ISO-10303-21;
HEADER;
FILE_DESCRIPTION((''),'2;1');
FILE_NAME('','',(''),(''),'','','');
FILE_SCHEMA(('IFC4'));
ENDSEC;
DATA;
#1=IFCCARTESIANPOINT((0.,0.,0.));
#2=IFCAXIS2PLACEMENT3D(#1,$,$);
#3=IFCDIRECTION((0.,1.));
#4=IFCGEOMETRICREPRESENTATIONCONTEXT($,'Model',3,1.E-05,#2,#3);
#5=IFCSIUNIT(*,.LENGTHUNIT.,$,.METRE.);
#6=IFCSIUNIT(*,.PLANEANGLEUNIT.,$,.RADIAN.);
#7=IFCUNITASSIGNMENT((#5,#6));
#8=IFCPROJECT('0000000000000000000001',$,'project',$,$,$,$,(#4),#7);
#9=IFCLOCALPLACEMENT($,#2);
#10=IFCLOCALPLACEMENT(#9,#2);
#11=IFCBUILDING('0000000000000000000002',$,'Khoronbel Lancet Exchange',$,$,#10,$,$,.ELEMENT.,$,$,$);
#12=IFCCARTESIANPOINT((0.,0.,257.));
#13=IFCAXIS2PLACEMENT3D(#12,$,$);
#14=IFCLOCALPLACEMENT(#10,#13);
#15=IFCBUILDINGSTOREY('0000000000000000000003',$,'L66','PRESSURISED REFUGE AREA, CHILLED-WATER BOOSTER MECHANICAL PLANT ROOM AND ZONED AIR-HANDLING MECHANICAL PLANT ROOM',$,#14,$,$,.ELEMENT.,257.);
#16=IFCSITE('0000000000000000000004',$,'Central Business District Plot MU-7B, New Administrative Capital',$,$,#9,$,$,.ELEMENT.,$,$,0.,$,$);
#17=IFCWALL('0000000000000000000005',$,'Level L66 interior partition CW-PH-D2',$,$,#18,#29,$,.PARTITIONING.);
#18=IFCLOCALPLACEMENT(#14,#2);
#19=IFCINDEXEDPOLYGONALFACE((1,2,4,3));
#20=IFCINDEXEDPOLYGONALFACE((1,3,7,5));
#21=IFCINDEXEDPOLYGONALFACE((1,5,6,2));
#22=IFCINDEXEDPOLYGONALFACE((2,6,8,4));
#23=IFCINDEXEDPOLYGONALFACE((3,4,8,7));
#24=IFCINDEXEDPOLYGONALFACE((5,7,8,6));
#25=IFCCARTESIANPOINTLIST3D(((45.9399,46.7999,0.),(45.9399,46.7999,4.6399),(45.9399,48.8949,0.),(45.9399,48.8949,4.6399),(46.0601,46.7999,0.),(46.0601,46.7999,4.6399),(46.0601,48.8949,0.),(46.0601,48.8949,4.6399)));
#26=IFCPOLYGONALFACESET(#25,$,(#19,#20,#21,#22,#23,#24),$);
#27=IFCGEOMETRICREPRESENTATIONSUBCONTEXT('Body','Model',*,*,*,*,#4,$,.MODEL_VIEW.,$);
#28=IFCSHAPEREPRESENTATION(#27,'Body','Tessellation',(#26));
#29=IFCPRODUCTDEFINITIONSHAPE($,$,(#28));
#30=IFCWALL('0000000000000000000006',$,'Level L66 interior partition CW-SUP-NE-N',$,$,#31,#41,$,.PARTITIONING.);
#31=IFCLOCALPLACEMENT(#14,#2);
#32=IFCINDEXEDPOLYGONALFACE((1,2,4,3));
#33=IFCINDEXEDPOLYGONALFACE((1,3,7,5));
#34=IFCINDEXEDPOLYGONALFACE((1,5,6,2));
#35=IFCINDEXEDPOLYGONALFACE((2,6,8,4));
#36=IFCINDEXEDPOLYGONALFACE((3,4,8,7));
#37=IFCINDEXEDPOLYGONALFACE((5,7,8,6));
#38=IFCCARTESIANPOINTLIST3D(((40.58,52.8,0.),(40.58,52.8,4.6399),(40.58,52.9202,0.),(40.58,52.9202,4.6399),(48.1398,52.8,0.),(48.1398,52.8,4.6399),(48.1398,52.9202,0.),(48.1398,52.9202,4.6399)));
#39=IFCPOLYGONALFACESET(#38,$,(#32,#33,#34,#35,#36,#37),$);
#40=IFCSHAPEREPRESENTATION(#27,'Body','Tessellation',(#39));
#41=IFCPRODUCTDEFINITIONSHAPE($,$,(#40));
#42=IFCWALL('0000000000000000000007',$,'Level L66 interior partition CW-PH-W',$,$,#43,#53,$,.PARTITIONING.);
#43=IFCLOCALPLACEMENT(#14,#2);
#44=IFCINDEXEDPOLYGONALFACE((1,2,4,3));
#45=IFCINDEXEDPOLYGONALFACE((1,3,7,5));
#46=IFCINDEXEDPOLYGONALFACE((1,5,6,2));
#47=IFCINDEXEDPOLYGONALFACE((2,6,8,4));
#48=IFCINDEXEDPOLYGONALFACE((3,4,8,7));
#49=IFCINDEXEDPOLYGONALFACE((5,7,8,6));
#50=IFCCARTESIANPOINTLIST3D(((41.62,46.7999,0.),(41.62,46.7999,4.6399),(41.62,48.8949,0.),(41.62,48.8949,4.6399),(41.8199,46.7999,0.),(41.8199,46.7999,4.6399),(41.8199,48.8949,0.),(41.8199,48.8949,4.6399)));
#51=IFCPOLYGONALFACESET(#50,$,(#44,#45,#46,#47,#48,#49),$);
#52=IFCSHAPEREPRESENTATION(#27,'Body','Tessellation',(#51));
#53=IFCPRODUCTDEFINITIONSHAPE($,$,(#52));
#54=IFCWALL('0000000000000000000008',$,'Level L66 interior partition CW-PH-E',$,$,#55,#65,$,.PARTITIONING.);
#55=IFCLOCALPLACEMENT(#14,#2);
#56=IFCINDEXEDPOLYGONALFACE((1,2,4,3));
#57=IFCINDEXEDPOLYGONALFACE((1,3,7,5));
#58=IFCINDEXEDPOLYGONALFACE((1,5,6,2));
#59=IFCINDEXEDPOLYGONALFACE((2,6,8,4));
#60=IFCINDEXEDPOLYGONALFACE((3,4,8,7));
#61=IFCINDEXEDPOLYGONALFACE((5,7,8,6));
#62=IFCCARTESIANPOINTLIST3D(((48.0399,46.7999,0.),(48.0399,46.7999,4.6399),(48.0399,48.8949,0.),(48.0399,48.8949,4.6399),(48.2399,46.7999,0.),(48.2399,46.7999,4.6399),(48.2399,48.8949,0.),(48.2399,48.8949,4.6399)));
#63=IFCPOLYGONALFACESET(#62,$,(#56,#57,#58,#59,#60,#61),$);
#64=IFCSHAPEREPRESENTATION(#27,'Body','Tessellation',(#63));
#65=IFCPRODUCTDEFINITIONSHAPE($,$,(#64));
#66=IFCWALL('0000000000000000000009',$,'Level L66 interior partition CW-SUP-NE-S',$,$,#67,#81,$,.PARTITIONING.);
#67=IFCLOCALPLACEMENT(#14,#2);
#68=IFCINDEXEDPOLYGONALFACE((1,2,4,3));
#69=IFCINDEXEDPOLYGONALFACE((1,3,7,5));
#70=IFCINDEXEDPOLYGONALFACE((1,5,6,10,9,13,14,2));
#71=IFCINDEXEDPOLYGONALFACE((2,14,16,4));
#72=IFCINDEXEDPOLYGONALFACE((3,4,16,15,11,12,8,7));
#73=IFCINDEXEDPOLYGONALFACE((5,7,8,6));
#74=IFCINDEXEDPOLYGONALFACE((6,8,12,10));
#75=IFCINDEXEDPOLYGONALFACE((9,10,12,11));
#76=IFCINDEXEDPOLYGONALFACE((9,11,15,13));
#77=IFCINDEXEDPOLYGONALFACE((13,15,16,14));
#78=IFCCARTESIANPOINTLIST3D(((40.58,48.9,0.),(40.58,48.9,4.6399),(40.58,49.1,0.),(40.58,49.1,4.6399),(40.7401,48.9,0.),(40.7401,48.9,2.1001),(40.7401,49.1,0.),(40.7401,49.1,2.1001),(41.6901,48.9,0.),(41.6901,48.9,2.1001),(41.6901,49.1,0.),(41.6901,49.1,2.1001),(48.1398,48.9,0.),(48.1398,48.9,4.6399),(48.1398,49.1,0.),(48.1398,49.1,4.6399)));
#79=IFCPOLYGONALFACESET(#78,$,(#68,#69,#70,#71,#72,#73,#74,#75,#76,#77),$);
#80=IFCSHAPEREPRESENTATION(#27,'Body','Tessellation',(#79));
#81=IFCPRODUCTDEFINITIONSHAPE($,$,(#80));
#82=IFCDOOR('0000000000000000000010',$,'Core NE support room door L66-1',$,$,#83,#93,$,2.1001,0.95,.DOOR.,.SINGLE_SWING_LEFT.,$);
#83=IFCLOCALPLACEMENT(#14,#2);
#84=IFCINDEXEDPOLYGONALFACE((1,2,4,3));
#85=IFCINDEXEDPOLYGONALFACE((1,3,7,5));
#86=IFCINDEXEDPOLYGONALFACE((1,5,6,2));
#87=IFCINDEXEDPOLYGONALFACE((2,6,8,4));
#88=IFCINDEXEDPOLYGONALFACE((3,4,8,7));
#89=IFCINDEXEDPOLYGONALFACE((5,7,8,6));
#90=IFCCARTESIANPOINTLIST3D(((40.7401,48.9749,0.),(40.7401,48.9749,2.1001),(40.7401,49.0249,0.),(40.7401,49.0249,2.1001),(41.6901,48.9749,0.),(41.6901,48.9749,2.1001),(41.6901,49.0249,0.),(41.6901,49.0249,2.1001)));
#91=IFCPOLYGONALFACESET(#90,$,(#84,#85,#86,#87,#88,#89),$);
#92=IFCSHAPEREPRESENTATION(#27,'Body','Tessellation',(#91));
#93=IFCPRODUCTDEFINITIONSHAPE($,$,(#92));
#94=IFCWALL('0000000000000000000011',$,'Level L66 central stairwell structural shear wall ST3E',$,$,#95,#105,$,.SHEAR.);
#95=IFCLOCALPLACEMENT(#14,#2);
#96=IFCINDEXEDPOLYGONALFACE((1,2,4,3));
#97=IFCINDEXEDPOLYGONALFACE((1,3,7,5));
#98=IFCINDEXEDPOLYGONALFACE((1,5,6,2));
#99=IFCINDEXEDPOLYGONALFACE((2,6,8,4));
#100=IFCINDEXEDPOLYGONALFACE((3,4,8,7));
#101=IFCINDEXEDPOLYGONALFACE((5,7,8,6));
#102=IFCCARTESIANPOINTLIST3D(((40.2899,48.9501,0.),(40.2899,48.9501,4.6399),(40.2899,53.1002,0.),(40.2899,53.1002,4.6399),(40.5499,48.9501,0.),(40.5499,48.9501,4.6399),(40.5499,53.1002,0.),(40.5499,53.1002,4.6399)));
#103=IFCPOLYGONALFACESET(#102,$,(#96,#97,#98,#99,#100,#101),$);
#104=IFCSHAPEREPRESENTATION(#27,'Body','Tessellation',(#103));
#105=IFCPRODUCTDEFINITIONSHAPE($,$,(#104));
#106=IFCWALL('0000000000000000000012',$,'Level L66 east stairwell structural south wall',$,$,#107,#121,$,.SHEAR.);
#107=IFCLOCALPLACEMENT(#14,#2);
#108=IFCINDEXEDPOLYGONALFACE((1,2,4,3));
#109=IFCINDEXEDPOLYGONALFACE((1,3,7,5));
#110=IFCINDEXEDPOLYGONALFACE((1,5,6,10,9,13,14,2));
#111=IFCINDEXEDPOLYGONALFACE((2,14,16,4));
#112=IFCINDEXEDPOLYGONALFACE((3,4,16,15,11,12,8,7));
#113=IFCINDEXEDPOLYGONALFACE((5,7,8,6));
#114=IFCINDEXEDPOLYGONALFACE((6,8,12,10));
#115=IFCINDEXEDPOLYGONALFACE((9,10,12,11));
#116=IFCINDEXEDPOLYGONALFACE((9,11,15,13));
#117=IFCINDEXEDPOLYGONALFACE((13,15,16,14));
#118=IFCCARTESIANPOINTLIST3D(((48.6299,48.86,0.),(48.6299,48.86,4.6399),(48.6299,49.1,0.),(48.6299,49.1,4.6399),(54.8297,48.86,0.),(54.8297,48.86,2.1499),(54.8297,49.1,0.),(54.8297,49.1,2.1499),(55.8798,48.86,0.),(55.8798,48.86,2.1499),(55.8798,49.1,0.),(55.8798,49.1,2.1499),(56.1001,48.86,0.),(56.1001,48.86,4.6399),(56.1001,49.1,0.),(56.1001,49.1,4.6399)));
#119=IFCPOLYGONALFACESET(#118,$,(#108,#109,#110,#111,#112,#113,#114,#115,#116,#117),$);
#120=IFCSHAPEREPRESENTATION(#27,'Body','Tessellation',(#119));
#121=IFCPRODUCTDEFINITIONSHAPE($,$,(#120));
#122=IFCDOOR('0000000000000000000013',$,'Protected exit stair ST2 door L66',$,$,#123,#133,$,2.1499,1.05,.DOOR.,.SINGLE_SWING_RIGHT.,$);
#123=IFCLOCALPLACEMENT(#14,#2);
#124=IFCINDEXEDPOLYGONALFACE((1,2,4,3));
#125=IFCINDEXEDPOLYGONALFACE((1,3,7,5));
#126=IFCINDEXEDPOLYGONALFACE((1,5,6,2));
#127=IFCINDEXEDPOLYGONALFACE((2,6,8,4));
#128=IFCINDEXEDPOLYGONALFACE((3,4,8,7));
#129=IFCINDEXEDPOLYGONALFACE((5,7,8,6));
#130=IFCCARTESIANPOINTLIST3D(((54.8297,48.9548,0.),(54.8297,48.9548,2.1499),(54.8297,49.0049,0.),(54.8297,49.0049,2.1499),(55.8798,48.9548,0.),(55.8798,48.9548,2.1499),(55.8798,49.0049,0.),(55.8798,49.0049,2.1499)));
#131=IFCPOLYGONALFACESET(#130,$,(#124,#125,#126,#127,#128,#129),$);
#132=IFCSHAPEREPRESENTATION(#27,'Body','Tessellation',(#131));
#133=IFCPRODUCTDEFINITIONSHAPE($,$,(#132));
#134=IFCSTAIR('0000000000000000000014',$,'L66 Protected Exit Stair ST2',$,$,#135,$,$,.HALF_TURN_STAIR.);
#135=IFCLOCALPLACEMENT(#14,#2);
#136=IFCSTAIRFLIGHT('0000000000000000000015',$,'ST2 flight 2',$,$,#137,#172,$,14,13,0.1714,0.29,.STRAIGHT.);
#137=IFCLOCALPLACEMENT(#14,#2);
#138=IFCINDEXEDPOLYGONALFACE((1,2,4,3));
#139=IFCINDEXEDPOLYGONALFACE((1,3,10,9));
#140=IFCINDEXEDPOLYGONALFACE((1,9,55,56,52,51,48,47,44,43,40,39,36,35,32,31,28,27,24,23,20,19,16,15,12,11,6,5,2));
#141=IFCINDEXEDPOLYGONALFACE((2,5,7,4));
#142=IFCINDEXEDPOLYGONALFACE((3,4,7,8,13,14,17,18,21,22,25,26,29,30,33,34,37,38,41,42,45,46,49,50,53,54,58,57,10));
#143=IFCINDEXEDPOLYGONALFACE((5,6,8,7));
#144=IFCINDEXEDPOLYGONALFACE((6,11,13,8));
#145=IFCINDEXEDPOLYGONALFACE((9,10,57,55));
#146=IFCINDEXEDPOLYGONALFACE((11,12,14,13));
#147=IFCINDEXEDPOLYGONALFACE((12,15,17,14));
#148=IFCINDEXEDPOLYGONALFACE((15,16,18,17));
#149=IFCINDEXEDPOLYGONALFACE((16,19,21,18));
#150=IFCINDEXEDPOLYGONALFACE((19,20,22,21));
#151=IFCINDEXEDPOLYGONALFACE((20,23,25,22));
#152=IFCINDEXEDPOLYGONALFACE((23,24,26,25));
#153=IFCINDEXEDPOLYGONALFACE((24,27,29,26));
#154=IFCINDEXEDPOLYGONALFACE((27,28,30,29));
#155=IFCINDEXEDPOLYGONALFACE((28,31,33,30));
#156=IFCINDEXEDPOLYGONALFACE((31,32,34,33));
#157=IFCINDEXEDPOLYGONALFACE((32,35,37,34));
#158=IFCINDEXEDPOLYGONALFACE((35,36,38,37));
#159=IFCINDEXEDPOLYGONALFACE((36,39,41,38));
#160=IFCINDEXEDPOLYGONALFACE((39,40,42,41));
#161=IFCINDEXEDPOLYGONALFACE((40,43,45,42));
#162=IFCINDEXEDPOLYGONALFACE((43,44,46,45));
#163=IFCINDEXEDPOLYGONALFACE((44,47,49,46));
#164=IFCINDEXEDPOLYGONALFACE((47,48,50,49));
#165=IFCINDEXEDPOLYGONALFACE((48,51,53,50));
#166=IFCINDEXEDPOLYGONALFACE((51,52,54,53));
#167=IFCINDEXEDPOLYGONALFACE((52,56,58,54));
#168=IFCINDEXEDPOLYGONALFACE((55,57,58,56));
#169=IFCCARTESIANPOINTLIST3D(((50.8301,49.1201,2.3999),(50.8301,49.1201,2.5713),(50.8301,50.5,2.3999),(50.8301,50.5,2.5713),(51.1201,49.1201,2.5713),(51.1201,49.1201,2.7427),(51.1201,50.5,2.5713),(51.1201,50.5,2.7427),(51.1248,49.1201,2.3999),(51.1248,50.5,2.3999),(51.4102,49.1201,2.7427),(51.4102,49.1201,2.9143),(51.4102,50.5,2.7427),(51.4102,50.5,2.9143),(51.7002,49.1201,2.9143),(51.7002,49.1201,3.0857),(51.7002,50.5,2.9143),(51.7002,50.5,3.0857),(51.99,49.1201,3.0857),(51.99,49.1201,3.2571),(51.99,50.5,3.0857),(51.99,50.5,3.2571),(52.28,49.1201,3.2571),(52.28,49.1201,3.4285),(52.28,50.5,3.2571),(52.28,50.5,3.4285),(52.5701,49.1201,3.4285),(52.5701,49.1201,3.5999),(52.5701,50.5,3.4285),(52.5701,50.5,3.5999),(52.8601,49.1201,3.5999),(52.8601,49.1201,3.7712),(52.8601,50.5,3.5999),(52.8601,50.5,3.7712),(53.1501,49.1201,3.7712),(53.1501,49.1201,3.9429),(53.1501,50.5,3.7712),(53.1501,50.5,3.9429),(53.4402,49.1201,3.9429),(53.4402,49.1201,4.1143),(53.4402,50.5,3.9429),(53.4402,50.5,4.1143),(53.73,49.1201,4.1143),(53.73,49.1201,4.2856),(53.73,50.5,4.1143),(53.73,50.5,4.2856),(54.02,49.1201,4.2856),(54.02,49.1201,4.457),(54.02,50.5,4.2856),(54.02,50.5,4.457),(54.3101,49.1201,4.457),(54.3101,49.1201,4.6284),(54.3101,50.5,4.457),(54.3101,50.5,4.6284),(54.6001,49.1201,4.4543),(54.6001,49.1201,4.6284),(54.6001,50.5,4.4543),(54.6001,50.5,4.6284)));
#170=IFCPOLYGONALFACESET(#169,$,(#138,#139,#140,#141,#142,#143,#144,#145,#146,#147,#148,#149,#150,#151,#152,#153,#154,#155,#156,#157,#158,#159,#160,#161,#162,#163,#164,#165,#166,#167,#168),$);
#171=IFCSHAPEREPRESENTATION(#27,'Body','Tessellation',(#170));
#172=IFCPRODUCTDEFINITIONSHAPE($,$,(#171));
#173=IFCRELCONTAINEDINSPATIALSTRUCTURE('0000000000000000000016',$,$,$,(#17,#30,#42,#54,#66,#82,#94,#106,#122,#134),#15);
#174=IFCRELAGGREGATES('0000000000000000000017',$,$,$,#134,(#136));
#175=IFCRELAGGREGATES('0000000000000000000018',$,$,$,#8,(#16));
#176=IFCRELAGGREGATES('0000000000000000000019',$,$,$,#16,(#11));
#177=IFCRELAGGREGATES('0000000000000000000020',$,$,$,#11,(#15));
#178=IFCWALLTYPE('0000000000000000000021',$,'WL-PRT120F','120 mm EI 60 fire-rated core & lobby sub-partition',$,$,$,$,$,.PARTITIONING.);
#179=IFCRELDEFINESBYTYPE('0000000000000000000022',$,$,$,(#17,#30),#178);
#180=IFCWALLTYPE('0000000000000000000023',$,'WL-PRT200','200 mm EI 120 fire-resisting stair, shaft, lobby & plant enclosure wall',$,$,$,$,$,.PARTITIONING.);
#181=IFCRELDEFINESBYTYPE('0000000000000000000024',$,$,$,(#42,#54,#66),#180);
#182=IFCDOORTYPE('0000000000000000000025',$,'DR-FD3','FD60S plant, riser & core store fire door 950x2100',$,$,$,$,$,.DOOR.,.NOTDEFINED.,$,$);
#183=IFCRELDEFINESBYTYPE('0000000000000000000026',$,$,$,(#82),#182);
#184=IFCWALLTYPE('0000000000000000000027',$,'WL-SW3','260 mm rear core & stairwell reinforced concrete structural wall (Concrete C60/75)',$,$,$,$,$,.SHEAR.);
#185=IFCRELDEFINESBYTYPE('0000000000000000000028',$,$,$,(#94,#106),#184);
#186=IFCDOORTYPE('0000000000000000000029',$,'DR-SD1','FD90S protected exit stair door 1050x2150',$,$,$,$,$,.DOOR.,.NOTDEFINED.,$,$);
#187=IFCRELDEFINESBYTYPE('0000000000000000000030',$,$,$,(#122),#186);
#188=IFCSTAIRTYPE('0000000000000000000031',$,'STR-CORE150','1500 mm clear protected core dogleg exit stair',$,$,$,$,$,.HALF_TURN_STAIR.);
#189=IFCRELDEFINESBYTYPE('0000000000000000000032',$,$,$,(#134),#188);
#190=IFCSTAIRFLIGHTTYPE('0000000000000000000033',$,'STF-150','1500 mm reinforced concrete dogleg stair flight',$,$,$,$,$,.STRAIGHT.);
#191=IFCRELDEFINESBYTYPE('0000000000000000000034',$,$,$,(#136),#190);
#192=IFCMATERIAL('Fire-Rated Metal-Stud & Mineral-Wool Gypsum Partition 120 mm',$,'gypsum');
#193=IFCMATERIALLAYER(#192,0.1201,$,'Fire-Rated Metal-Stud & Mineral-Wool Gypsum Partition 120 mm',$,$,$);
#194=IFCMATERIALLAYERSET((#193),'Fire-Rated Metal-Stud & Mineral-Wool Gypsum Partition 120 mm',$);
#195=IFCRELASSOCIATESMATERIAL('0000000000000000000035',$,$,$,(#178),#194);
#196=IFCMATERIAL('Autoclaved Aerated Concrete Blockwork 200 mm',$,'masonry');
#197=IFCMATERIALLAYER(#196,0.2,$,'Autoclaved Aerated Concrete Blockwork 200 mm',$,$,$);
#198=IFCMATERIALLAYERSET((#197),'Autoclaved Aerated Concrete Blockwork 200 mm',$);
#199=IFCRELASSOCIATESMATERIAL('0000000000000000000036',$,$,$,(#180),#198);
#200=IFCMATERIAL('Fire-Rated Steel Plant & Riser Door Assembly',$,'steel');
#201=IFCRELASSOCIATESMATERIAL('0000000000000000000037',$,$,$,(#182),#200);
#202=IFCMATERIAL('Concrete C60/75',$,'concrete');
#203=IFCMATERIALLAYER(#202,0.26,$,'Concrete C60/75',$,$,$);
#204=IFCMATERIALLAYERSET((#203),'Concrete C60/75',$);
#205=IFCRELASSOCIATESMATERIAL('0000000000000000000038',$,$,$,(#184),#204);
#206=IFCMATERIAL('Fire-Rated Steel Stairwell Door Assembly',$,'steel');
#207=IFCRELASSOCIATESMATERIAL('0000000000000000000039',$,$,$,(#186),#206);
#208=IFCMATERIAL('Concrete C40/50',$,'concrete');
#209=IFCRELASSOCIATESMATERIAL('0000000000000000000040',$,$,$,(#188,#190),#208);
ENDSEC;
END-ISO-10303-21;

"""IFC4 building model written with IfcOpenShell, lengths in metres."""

from ifc_helpers import new_model, si_unit, direction, frame, frame_2d, origin, place, context, subcontext, project, spatial, polyline, rectangle, outline, extrude, material, layer, layer_set, type_object, element, fill, aggregate, save


model = new_model("IFC4")

# Units and contexts
model_context = context("Model", 3, precision=1e-05, world=origin(), true_north=direction((0.0, 1.0)))
body_context = subcontext(model_context, "Body", "Model", "MODEL_VIEW")
ifc_project = project(units=[si_unit("LENGTHUNIT", "METRE"), si_unit("PLANEANGLEUNIT", "RADIAN")], contexts=[model_context])

# Site, building, storey
site_placement = place(None, origin())
site = spatial("IfcSite", under=ifc_project, at=site_placement, Name="Central Business District Plot MU-7B, New Administrative Capital", CompositionType="ELEMENT", RefElevation=0.0)
building_placement = place(site_placement, origin())
building = spatial("IfcBuilding", under=site, at=building_placement, Name="Khoronbel Lancet Exchange", CompositionType="ELEMENT")
storey_placement = place(building_placement, frame((0.0, 0.0, 257.0)))
storey = spatial("IfcBuildingStorey", under=building, at=storey_placement, Name="L66", Description="PRESSURISED REFUGE AREA, CHILLED-WATER BOOSTER MECHANICAL PLANT ROOM AND ZONED AIR-HANDLING MECHANICAL PLANT ROOM", CompositionType="ELEMENT", Elevation=257.0)

# Walls
ifc_material_1 = material(Name="Fire-Rated Metal-Stud & Mineral-Wool Gypsum Partition 120 mm", Category="gypsum")
ifc_layer_1 = layer(ifc_material_1, 0.1201, Name="Fire-Rated Metal-Stud & Mineral-Wool Gypsum Partition 120 mm")
ifc_layer_set_1 = layer_set([ifc_layer_1], Name="Fire-Rated Metal-Stud & Mineral-Wool Gypsum Partition 120 mm")
wall_type_1 = type_object("IfcWallType", Name="WL-PRT120F", Description="120 mm EI 60 fire-rated core & lobby sub-partition", PredefinedType="PARTITIONING", material=ifc_layer_set_1)
for number, where, z_axis, x_axis, name in (
    (1, (46.0, 46.8, 0.0), (0.0, 0.0, 1.0), (0.0, 1.0, 0.0), "Level L66 interior partition CW-PH-D2"),
):
    element("IfcWall", number, at=place(storey_placement, frame(where, z_axis=z_axis, x_axis=x_axis)), inside=storey, type_object=wall_type_1, Name=name, PredefinedType="PARTITIONING", context=body_context, shape_type="SweptSolid", body=[
        extrude(rectangle(XDim=2.095, YDim=0.1201, at=frame_2d((1.0474, 0.0))), origin(), (0.0, 0.0, 1.0), 4.6399),
    ])
wall_1_placement = place(storey_placement, frame((40.5801, 52.8601, 0.0), z_axis=(0.0, 0.0, 1.0), x_axis=(1.0, 0.0, 0.0)))
element("IfcWall", 2, at=wall_1_placement, inside=storey, type_object=wall_type_1, Name="Level L66 interior partition CW-SUP-NE-N", PredefinedType="PARTITIONING", context=body_context, shape_type="SweptSolid", body=[
    extrude(rectangle(XDim=7.5598, YDim=0.1201, at=frame_2d((3.7798, 0.0))), origin(), (0.0, 0.0, 1.0), 4.6399),
])
ifc_material_2 = material(Name="Autoclaved Aerated Concrete Blockwork 200 mm", Category="masonry")
ifc_layer_2 = layer(ifc_material_2, 0.2, Name="Autoclaved Aerated Concrete Blockwork 200 mm")
ifc_layer_set_2 = layer_set([ifc_layer_2], Name="Autoclaved Aerated Concrete Blockwork 200 mm")
wall_type_2 = type_object("IfcWallType", Name="WL-PRT200", Description="200 mm EI 120 fire-resisting stair, shaft, lobby & plant enclosure wall", PredefinedType="PARTITIONING", material=ifc_layer_set_2)
for number, where, z_axis, x_axis, name in (
    (3, (41.72, 46.8, 0.0), (0.0, 0.0, 1.0), (0.0, 1.0, 0.0), "Level L66 interior partition CW-PH-W"),
    (4, (48.1399, 46.8, 0.0), (0.0, 0.0, 1.0), (0.0, 1.0, 0.0), "Level L66 interior partition CW-PH-E"),
):
    element("IfcWall", number, at=place(storey_placement, frame(where, z_axis=z_axis, x_axis=x_axis)), inside=storey, type_object=wall_type_2, Name=name, PredefinedType="PARTITIONING", context=body_context, shape_type="SweptSolid", body=[
        extrude(rectangle(XDim=2.095, YDim=0.2, at=frame_2d((1.0474, 0.0))), origin(), (0.0, 0.0, 1.0), 4.6399),
    ])

# Wall, opening, door
wall_2_placement = place(storey_placement, frame((40.5801, 49.0, 0.0), z_axis=(0.0, 0.0, 1.0), x_axis=(1.0, 0.0, 0.0)))
wall_2 = element("IfcWall", 5, at=wall_2_placement, inside=storey, type_object=wall_type_2, Name="Level L66 interior partition CW-SUP-NE-S", PredefinedType="PARTITIONING", context=body_context, shape_type="SweptSolid", body=[
    extrude(rectangle(XDim=7.5598, YDim=0.2, at=frame_2d((3.7798, 0.0))), origin(), (0.0, 0.0, 1.0), 4.6399),
])
opening_1_placement = place(wall_2_placement, frame((0.1599, 0.0, 0.0)))
opening_1 = element("IfcOpeningElement", 6, at=opening_1_placement, cuts=wall_2, PredefinedType="OPENING", context=body_context, shape_type="SweptSolid", body=[
    extrude(rectangle(XDim=0.95, YDim=2.1001, at=frame_2d((0.4751, 1.05))), frame((0.0, 0.1099, 0.0), z_axis=(0.0, -1.0, 0.0), x_axis=(1.0, 0.0, 0.0)), (0.0, 0.0, 1.0), 0.22),
])
ifc_material_3 = material(Name="Fire-Rated Steel Plant & Riser Door Assembly", Category="steel")
door_type_1 = type_object("IfcDoorType", Name="DR-FD3", Description="FD60S plant, riser & core store fire door 950x2100", OperationType="NOTDEFINED", PredefinedType="DOOR", material=ifc_material_3)
door_1_placement = place(opening_1_placement, origin())
door_1 = element("IfcDoor", 7, at=door_1_placement, inside=storey, type_object=door_type_1, Name="Core NE support room door L66-1", OperationType="SINGLE_SWING_LEFT", OverallHeight=2.1001, OverallWidth=0.95, PredefinedType="DOOR", context=body_context, shape_type="SweptSolid", body=[
    extrude(rectangle(XDim=0.95, YDim=2.1001, at=frame_2d((0.4751, 1.05))), frame((0.0, 0.0249, 0.0), z_axis=(0.0, -1.0, 0.0), x_axis=(1.0, 0.0, 0.0)), (0.0, 0.0, 1.0), 0.05),
])
fill(opening_1, door_1)

# Wall
ifc_material_4 = material(Name="Concrete C60/75", Category="concrete")
ifc_layer_3 = layer(ifc_material_4, 0.26, Name="Concrete C60/75")
ifc_layer_set_3 = layer_set([ifc_layer_3], Name="Concrete C60/75")
wall_type_3 = type_object("IfcWallType", Name="WL-SW3", Description="260 mm rear core & stairwell reinforced concrete structural wall (Concrete C60/75)", PredefinedType="SHEAR", material=ifc_layer_set_3)
wall_3_placement = place(storey_placement, frame((40.4199, 48.95, 0.0), z_axis=(0.0, 0.0, 1.0), x_axis=(0.0, 1.0, 0.0)))
element("IfcWall", 8, at=wall_3_placement, inside=storey, type_object=wall_type_3, Name="Level L66 central stairwell structural shear wall ST3E", PredefinedType="SHEAR", context=body_context, shape_type="SweptSolid", body=[
    extrude(rectangle(XDim=4.1501, YDim=0.26, at=frame_2d((2.0752, 0.0))), origin(), (0.0, 0.0, 1.0), 4.6399),
])

# Wall, opening, door
wall_4_placement = place(storey_placement, frame((48.6299, 48.98, 0.0), z_axis=(0.0, 0.0, 1.0), x_axis=(1.0, 0.0, 0.0)))
wall_4 = element("IfcWall", 9, at=wall_4_placement, inside=storey, type_object=wall_type_3, Name="Level L66 east stairwell structural south wall", PredefinedType="SHEAR", context=body_context, shape_type="SweptSolid", body=[
    extrude(rectangle(XDim=7.4702, YDim=0.24, at=frame_2d((3.7351, 0.0))), origin(), (0.0, 0.0, 1.0), 4.6399),
])
opening_2_placement = place(wall_4_placement, frame((6.2, 0.0, 0.0)))
opening_2 = element("IfcOpeningElement", 10, at=opening_2_placement, cuts=wall_4, PredefinedType="OPENING", context=body_context, shape_type="SweptSolid", body=[
    extrude(rectangle(XDim=1.05, YDim=2.1499, at=frame_2d((0.5249, 1.075))), frame((0.0, 0.1299, 0.0), z_axis=(0.0, -1.0, 0.0), x_axis=(1.0, 0.0, 0.0)), (0.0, 0.0, 1.0), 0.26),
])
ifc_material_5 = material(Name="Fire-Rated Steel Stairwell Door Assembly", Category="steel")
door_type_2 = type_object("IfcDoorType", Name="DR-SD1", Description="FD90S protected exit stair door 1050x2150", OperationType="NOTDEFINED", PredefinedType="DOOR", material=ifc_material_5)
door_2_placement = place(opening_2_placement, origin())
door_2 = element("IfcDoor", 11, at=door_2_placement, inside=storey, type_object=door_type_2, Name="Protected exit stair ST2 door L66", OperationType="SINGLE_SWING_RIGHT", OverallHeight=2.1499, OverallWidth=1.05, PredefinedType="DOOR", context=body_context, shape_type="SweptSolid", body=[
    extrude(rectangle(XDim=1.05, YDim=2.1499, at=frame_2d((0.5249, 1.075))), frame((0.0, 0.0249, 0.0), z_axis=(0.0, -1.0, 0.0), x_axis=(1.0, 0.0, 0.0)), (0.0, 0.0, 1.0), 0.05),
])
fill(opening_2, door_2)

# Stair, stair flight
ifc_material_6 = material(Name="Concrete C40/50", Category="concrete")
stair_type = type_object("IfcStairType", Name="STR-CORE150", Description="1500 mm clear protected core dogleg exit stair", PredefinedType="HALF_TURN_STAIR", material=ifc_material_6)
stair_1_placement = place(storey_placement, origin())
stair_1 = element("IfcStair", 12, at=stair_1_placement, inside=storey, type_object=stair_type, Name="L66 Protected Exit Stair ST2", PredefinedType="HALF_TURN_STAIR")
stair_flight_type = type_object("IfcStairFlightType", Name="STF-150", Description="1500 mm reinforced concrete dogleg stair flight", PredefinedType="STRAIGHT", material=ifc_material_6)
stair_flight_1_placement = place(storey_placement, frame((50.8301, 49.8101, 2.3999), z_axis=(0.0, 0.0, 1.0), x_axis=(1.0, 0.0, 0.0)))
stair_flight_1 = element("IfcStairFlight", 13, at=stair_flight_1_placement, type_object=stair_flight_type, Name="ST2 flight 2", NumberOfRisers=14, NumberOfTreads=13, PredefinedType="STRAIGHT", RiserHeight=0.1714, TreadLength=0.29, context=body_context, shape_type="SweptSolid", body=[
    extrude(outline(polyline([(0.0, 0.0), (0.0, 0.1714), (0.29, 0.1714), (0.29, 0.3428), (0.5801, 0.3428), (0.5801, 0.5144), (0.8701, 0.5144), (0.8701, 0.6858), (1.1599, 0.6858), (1.1599, 0.8572), (1.45, 0.8572), (1.45, 1.0286), (1.74, 1.0286), (1.74, 1.2), (2.03, 1.2), (2.03, 1.3713), (2.3201, 1.3713), (2.3201, 1.543), (2.6101, 1.543), (2.6101, 1.7144), (2.8999, 1.7144), (2.8999, 1.8857), (3.1899, 1.8857), (3.1899, 2.0571), (3.48, 2.0571), (3.48, 2.2285), (3.77, 2.2285), (3.77, 2.3999), (3.77, 2.0544), (0.2947, 0.0), (0.0, 0.0)])), frame((0.0, 0.6899, 0.0), z_axis=(0.0, -1.0, 0.0), x_axis=(1.0, 0.0, 0.0)), (0.0, 0.0, 1.0), 1.3799),
])
aggregate(stair_1, [stair_flight_1])

save(model, "model.ifc")
